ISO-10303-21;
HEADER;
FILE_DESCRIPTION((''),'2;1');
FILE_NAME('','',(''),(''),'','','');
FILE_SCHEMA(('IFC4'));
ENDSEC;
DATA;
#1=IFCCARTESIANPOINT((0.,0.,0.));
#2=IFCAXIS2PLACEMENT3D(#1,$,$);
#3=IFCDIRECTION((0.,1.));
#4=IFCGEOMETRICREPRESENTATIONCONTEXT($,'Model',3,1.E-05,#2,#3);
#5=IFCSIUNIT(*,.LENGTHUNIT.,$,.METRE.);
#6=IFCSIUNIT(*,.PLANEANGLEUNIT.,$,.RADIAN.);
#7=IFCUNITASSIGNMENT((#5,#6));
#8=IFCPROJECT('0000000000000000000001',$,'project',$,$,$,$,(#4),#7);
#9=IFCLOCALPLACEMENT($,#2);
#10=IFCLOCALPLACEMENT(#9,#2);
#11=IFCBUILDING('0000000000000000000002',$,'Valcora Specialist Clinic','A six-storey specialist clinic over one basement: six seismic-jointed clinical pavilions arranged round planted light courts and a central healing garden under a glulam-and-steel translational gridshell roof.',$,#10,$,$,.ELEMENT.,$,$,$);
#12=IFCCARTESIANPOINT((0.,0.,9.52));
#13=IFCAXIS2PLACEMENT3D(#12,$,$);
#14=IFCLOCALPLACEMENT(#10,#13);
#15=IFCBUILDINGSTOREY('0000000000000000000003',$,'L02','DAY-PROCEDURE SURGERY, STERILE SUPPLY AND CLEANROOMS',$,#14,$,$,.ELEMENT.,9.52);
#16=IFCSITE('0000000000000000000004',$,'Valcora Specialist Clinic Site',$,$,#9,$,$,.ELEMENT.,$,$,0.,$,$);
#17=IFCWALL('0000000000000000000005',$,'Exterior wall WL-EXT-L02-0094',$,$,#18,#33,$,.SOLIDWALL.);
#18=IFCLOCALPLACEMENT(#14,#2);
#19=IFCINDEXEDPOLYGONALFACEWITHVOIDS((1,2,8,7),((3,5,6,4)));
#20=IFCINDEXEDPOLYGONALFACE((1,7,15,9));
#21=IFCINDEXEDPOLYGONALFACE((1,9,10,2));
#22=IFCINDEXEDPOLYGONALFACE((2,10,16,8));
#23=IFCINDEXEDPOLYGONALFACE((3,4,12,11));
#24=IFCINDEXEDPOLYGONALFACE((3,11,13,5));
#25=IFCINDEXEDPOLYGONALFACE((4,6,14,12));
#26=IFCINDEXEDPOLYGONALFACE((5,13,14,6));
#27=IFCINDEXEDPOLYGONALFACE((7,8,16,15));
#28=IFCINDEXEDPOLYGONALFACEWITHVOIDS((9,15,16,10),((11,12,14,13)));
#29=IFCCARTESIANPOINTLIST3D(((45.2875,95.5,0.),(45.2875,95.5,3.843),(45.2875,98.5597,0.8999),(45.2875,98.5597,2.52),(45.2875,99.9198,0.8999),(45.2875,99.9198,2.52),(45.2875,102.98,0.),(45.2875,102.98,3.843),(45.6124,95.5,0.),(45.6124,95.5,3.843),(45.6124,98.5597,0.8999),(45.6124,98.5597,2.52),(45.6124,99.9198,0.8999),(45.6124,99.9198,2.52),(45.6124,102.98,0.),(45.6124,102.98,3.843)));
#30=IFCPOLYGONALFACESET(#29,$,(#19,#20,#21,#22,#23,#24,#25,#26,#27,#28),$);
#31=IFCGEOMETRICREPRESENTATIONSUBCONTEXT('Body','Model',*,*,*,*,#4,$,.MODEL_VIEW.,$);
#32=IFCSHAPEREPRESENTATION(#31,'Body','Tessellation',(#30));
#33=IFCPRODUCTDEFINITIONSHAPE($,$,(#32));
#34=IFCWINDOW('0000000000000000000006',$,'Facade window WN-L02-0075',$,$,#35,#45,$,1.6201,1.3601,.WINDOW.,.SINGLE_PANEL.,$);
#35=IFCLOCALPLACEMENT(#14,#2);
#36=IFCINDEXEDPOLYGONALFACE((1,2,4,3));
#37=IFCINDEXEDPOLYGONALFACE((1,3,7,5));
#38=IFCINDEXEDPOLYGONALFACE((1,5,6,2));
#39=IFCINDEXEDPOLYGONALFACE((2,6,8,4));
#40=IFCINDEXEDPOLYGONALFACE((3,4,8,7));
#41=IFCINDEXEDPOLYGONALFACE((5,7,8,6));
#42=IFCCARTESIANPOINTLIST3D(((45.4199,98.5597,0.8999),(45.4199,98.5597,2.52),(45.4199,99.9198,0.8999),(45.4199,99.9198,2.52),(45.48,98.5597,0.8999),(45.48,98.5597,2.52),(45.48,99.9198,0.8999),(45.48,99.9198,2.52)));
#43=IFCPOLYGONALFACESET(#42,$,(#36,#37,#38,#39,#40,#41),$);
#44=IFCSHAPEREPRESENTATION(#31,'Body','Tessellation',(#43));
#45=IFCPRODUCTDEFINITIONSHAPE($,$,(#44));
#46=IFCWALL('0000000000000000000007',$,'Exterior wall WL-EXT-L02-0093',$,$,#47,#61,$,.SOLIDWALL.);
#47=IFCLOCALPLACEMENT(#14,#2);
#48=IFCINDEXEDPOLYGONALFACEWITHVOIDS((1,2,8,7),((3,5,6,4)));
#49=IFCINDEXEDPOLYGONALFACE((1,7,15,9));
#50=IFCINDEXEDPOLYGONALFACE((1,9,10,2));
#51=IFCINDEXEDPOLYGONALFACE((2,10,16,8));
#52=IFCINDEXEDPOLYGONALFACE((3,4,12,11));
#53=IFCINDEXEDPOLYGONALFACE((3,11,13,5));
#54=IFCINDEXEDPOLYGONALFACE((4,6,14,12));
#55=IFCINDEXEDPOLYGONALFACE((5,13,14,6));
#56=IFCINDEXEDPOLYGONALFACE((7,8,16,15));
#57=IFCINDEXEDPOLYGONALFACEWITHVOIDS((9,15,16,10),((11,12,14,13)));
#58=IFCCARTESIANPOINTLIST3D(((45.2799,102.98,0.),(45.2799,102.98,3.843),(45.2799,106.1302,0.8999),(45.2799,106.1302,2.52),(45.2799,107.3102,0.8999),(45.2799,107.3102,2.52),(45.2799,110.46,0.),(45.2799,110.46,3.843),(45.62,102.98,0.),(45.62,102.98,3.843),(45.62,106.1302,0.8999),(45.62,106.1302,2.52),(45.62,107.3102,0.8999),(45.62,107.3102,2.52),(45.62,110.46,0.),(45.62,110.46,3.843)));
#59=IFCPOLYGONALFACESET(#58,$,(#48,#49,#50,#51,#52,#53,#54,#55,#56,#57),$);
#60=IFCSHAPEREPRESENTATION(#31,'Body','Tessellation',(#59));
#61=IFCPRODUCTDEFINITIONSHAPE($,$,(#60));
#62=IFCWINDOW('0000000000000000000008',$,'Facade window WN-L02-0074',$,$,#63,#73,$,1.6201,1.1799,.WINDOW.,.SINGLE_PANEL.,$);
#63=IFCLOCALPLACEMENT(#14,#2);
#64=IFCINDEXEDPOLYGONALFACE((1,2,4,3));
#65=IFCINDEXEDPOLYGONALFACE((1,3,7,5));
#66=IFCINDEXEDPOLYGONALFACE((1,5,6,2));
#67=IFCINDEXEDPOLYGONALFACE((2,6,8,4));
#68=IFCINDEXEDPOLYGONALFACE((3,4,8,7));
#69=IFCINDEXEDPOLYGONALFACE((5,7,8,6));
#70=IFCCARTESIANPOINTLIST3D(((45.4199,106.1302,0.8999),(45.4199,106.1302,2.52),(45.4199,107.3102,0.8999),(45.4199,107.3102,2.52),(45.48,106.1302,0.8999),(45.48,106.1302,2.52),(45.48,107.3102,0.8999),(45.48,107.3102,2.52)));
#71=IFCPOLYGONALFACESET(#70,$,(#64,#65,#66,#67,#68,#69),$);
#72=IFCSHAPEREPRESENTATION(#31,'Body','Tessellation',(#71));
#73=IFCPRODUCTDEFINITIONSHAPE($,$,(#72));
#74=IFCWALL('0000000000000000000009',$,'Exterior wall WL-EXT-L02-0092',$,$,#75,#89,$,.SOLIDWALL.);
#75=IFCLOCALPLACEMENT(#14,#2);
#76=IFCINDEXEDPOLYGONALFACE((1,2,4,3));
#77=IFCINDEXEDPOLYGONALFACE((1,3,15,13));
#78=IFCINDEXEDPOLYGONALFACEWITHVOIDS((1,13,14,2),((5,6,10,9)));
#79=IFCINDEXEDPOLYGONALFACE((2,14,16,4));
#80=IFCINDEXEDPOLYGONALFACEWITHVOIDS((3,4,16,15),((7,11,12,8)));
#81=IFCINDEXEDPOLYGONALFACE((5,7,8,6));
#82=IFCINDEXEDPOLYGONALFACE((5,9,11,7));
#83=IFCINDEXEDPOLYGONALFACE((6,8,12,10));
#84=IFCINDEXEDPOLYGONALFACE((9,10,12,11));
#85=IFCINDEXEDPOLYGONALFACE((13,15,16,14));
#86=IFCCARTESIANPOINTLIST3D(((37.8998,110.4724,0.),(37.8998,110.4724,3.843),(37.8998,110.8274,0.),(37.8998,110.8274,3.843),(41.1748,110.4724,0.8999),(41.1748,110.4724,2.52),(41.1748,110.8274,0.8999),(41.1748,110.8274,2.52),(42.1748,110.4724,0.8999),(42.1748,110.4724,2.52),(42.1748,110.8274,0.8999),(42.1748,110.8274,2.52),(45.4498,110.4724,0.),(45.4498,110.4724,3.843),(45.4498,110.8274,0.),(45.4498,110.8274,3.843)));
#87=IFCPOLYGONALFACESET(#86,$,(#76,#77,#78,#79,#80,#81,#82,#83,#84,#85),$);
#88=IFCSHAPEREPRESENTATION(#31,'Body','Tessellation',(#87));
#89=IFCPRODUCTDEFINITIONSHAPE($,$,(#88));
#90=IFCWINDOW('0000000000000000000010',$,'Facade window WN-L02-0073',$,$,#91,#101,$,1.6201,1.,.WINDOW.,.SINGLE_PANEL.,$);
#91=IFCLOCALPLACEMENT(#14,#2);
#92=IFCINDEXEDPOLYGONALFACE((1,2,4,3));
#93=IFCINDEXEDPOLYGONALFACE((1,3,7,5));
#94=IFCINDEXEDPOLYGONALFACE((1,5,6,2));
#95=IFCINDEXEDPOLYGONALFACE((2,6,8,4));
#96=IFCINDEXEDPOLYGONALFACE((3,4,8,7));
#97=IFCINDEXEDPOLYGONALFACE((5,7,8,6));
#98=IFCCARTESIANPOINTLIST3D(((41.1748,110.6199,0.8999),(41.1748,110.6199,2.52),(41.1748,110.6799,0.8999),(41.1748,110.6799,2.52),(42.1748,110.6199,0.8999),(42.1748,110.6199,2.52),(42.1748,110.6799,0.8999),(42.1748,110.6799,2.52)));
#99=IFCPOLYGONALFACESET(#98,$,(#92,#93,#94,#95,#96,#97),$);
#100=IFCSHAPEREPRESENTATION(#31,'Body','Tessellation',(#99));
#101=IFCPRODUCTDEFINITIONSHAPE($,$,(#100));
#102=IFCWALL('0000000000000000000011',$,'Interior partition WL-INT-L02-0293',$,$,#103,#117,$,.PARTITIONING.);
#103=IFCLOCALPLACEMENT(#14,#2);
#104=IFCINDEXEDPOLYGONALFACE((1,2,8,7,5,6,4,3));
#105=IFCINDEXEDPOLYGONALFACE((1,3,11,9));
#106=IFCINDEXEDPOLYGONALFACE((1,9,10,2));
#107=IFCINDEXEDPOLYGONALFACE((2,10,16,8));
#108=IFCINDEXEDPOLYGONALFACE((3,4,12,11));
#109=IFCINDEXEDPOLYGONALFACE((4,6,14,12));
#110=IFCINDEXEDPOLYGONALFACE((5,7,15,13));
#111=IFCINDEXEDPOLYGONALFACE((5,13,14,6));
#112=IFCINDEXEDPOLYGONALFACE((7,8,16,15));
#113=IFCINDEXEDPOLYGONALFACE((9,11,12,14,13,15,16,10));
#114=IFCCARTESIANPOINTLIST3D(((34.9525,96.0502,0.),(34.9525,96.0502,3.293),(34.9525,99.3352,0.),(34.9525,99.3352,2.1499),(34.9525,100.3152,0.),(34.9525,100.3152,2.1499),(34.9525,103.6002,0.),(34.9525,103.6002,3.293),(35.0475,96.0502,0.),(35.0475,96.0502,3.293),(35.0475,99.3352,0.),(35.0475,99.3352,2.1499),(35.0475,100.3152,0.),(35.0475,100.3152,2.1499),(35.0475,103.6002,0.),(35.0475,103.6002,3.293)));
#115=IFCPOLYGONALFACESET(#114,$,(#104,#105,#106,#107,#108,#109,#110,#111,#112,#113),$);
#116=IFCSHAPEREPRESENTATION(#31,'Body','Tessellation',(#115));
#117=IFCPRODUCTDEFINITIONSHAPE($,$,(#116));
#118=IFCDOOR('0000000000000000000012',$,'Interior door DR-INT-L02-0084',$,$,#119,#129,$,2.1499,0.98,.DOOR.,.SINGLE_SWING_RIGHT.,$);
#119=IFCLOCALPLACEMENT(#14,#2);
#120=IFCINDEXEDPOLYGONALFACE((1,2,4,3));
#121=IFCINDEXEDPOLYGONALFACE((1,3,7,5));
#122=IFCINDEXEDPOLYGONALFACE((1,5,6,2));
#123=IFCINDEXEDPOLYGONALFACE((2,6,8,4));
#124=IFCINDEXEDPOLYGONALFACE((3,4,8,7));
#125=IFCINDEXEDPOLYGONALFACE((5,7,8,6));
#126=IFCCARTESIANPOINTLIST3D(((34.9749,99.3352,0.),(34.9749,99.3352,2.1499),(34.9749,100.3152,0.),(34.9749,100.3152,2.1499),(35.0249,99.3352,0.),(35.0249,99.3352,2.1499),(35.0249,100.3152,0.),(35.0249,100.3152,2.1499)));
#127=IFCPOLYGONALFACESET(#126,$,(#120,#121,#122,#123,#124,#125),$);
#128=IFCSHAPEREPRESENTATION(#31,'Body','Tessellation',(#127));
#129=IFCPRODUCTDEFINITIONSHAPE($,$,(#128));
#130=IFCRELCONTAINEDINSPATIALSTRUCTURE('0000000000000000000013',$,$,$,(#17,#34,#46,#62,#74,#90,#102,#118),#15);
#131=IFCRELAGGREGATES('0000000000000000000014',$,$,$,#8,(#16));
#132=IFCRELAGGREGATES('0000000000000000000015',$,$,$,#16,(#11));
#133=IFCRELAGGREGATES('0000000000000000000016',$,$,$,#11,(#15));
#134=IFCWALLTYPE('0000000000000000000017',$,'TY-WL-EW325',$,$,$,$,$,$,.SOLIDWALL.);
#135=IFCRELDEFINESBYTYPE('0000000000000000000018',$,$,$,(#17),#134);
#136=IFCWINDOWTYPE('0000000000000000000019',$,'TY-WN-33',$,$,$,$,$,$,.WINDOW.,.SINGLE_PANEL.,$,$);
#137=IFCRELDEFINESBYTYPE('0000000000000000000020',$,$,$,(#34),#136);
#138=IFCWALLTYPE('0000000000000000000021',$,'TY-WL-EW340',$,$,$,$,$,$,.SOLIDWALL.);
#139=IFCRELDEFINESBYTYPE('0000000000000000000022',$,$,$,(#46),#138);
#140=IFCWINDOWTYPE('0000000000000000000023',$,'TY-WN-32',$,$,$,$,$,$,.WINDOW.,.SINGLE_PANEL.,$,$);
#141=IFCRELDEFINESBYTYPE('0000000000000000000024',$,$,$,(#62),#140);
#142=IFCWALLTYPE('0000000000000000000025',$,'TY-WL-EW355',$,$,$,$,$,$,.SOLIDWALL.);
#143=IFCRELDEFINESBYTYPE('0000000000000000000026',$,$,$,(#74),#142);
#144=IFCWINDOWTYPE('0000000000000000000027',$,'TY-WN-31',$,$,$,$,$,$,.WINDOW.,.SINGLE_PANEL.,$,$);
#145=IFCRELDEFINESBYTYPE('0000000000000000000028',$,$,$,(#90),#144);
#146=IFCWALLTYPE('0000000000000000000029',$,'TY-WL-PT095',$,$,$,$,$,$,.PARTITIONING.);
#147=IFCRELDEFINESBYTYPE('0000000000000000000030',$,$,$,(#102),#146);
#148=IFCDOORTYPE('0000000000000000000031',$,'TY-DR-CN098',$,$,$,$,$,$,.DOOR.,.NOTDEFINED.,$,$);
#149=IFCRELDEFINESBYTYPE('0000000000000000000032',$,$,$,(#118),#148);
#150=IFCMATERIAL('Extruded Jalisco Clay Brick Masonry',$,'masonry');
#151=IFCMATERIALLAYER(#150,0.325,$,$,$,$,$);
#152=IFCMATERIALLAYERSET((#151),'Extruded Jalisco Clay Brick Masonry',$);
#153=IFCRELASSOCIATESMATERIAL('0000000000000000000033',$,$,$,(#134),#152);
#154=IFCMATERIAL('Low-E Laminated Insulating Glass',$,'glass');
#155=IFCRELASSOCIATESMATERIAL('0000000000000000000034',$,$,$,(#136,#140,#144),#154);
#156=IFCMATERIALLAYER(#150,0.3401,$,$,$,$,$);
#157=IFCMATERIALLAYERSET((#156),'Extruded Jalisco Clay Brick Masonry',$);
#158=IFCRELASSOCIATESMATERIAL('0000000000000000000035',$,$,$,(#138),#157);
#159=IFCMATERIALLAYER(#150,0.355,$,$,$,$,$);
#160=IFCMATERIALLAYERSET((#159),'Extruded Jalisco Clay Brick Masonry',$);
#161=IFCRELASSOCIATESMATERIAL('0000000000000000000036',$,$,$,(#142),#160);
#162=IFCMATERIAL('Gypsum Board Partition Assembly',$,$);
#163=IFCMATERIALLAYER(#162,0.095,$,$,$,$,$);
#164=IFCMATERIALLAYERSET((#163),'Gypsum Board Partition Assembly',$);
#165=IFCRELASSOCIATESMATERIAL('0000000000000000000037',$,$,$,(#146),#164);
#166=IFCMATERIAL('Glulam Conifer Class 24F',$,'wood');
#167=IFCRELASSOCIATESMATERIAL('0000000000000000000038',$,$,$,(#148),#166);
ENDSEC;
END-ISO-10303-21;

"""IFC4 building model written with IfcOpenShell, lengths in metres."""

from ifc_helpers import new_model, si_unit, direction, frame, frame_2d, origin, place, context, subcontext, project, spatial, rectangle, extrude, material, layer, layer_set, type_object, element, fill, save


model = new_model("IFC4")

# Units and contexts
model_context = context("Model", 3, precision=1e-05, world=origin(), true_north=direction((0.0, 1.0)))
body_context = subcontext(model_context, "Body", "Model", "MODEL_VIEW")
ifc_project = project(units=[si_unit("LENGTHUNIT", "METRE"), si_unit("PLANEANGLEUNIT", "RADIAN")], contexts=[model_context])

# Site, building, storey
site_placement = place(None, origin())
site = spatial("IfcSite", under=ifc_project, at=site_placement, Name="Valcora Specialist Clinic Site", CompositionType="ELEMENT", RefElevation=0.0)
building_placement = place(site_placement, origin())
building = spatial("IfcBuilding", under=site, at=building_placement, Name="Valcora Specialist Clinic", Description="A six-storey specialist clinic over one basement: six seismic-jointed clinical pavilions arranged round planted light courts and a central healing garden under a glulam-and-steel translational gridshell roof.", CompositionType="ELEMENT")
storey_placement = place(building_placement, frame((0.0, 0.0, 9.52)))
storey = spatial("IfcBuildingStorey", under=building, at=storey_placement, Name="L02", Description="DAY-PROCEDURE SURGERY, STERILE SUPPLY AND CLEANROOMS", CompositionType="ELEMENT", Elevation=9.52)

# Walls, openings, windows
ifc_material_1 = material(Name="Extruded Jalisco Clay Brick Masonry", Category="masonry")
ifc_layer_1 = layer(ifc_material_1, 0.325)
ifc_layer_set_1 = layer_set([ifc_layer_1], Name="Extruded Jalisco Clay Brick Masonry")
wall_type_1 = type_object("IfcWallType", Name="TY-WL-EW325", PredefinedType="SOLIDWALL", material=ifc_layer_set_1)
wall_1_placement = place(storey_placement, frame((45.45, 102.98, 0.0), z_axis=(0.0, 0.0, 1.0), x_axis=(0.0, -1.0, 0.0)))
wall_1 = element("IfcWall", 1, at=wall_1_placement, inside=storey, type_object=wall_type_1, Name="Exterior wall WL-EXT-L02-0094", PredefinedType="SOLIDWALL", context=body_context, shape_type="SweptSolid", body=[
    extrude(rectangle(XDim=7.48, YDim=0.325, at=frame_2d((3.74, 0.0))), origin(), (0.0, 0.0, 1.0), 3.843),
])
opening_1_placement = place(wall_1_placement, frame((3.0601, 0.0, 0.8999)))
opening_1 = element("IfcOpeningElement", 2, at=opening_1_placement, cuts=wall_1, PredefinedType="OPENING", context=body_context, shape_type="SweptSolid", body=[
    extrude(rectangle(XDim=1.3601, YDim=1.6201, at=frame_2d((0.6802, 0.8101))), frame((0.0, 0.1724, 0.0), z_axis=(0.0, -1.0, 0.0), x_axis=(1.0, 0.0, 0.0)), (0.0, 0.0, 1.0), 0.345),
])
ifc_material_2 = material(Name="Low-E Laminated Insulating Glass", Category="glass")
window_type_1 = type_object("IfcWindowType", Name="TY-WN-33", PartitioningType="SINGLE_PANEL", PredefinedType="WINDOW", material=ifc_material_2)
window_1_placement = place(opening_1_placement, origin())
window_1 = element("IfcWindow", 3, at=window_1_placement, inside=storey, type_object=window_type_1, Name="Facade window WN-L02-0075", OverallHeight=1.6201, OverallWidth=1.3601, PartitioningType="SINGLE_PANEL", PredefinedType="WINDOW", context=body_context, shape_type="SweptSolid", body=[
    extrude(rectangle(XDim=1.3601, YDim=1.6201, at=frame_2d((0.6802, 0.8101))), frame((0.0, 0.03, 0.0), z_axis=(0.0, -1.0, 0.0), x_axis=(1.0, 0.0, 0.0)), (0.0, 0.0, 1.0), 0.0601),
])
fill(opening_1, window_1)
ifc_layer_2 = layer(ifc_material_1, 0.3401)
ifc_layer_set_2 = layer_set([ifc_layer_2], Name="Extruded Jalisco Clay Brick Masonry")
wall_type_2 = type_object("IfcWallType", Name="TY-WL-EW340", PredefinedType="SOLIDWALL", material=ifc_layer_set_2)
wall_2_placement = place(storey_placement, frame((45.45, 110.46, 0.0), z_axis=(0.0, 0.0, 1.0), x_axis=(0.0, -1.0, 0.0)))
wall_2 = element("IfcWall", 4, at=wall_2_placement, inside=storey, type_object=wall_type_2, Name="Exterior wall WL-EXT-L02-0093", PredefinedType="SOLIDWALL", context=body_context, shape_type="SweptSolid", body=[
    extrude(rectangle(XDim=7.48, YDim=0.3401, at=frame_2d((3.74, 0.0))), origin(), (0.0, 0.0, 1.0), 3.843),
])
opening_2_placement = place(wall_2_placement, frame((3.1499, 0.0, 0.8999)))
opening_2 = element("IfcOpeningElement", 5, at=opening_2_placement, cuts=wall_2, PredefinedType="OPENING", context=body_context, shape_type="SweptSolid", body=[
    extrude(rectangle(XDim=1.1799, YDim=1.6201, at=frame_2d((0.5898, 0.8101))), frame((0.0, 0.1799, 0.0), z_axis=(0.0, -1.0, 0.0), x_axis=(1.0, 0.0, 0.0)), (0.0, 0.0, 1.0), 0.3601),
])
window_type_2 = type_object("IfcWindowType", Name="TY-WN-32", PartitioningType="SINGLE_PANEL", PredefinedType="WINDOW", material=ifc_material_2)
window_2_placement = place(opening_2_placement, origin())
window_2 = element("IfcWindow", 6, at=window_2_placement, inside=storey, type_object=window_type_2, Name="Facade window WN-L02-0074", OverallHeight=1.6201, OverallWidth=1.1799, PartitioningType="SINGLE_PANEL", PredefinedType="WINDOW", context=body_context, shape_type="SweptSolid", body=[
    extrude(rectangle(XDim=1.1799, YDim=1.6201, at=frame_2d((0.5898, 0.8101))), frame((0.0, 0.03, 0.0), z_axis=(0.0, -1.0, 0.0), x_axis=(1.0, 0.0, 0.0)), (0.0, 0.0, 1.0), 0.0601),
])
fill(opening_2, window_2)
ifc_layer_3 = layer(ifc_material_1, 0.355)
ifc_layer_set_3 = layer_set([ifc_layer_3], Name="Extruded Jalisco Clay Brick Masonry")
wall_type_3 = type_object("IfcWallType", Name="TY-WL-EW355", PredefinedType="SOLIDWALL", material=ifc_layer_set_3)
wall_3_placement = place(storey_placement, frame((37.8999, 110.6499, 0.0), z_axis=(0.0, 0.0, 1.0), x_axis=(1.0, 0.0, 0.0)))
wall_3 = element("IfcWall", 7, at=wall_3_placement, inside=storey, type_object=wall_type_3, Name="Exterior wall WL-EXT-L02-0092", PredefinedType="SOLIDWALL", context=body_context, shape_type="SweptSolid", body=[
    extrude(rectangle(XDim=7.55, YDim=0.355, at=frame_2d((3.7749, 0.0))), origin(), (0.0, 0.0, 1.0), 3.843),
])
opening_3_placement = place(wall_3_placement, frame((3.2749, 0.0, 0.8999)))
opening_3 = element("IfcOpeningElement", 8, at=opening_3_placement, cuts=wall_3, PredefinedType="OPENING", context=body_context, shape_type="SweptSolid", body=[
    extrude(rectangle(XDim=1.0, YDim=1.6201, at=frame_2d((0.5, 0.8101))), frame((0.0, 0.1875, 0.0), z_axis=(0.0, -1.0, 0.0), x_axis=(1.0, 0.0, 0.0)), (0.0, 0.0, 1.0), 0.375),
])
window_type_3 = type_object("IfcWindowType", Name="TY-WN-31", PartitioningType="SINGLE_PANEL", PredefinedType="WINDOW", material=ifc_material_2)
window_3_placement = place(opening_3_placement, origin())
window_3 = element("IfcWindow", 9, at=window_3_placement, inside=storey, type_object=window_type_3, Name="Facade window WN-L02-0073", OverallHeight=1.6201, OverallWidth=1.0, PartitioningType="SINGLE_PANEL", PredefinedType="WINDOW", context=body_context, shape_type="SweptSolid", body=[
    extrude(rectangle(XDim=1.0, YDim=1.6201, at=frame_2d((0.5, 0.8101))), frame((0.0, 0.03, 0.0), z_axis=(0.0, -1.0, 0.0), x_axis=(1.0, 0.0, 0.0)), (0.0, 0.0, 1.0), 0.0601),
])
fill(opening_3, window_3)

# Wall, opening, door
ifc_material_3 = material(Name="Gypsum Board Partition Assembly")
ifc_layer_4 = layer(ifc_material_3, 0.095)
ifc_layer_set_4 = layer_set([ifc_layer_4], Name="Gypsum Board Partition Assembly")
wall_type_4 = type_object("IfcWallType", Name="TY-WL-PT095", PredefinedType="PARTITIONING", material=ifc_layer_set_4)
wall_4_placement = place(storey_placement, frame((35.0, 103.6001, 0.0), z_axis=(0.0, 0.0, 1.0), x_axis=(0.0, -1.0, 0.0)))
wall_4 = element("IfcWall", 10, at=wall_4_placement, inside=storey, type_object=wall_type_4, Name="Interior partition WL-INT-L02-0293", PredefinedType="PARTITIONING", context=body_context, shape_type="SweptSolid", body=[
    extrude(rectangle(XDim=7.55, YDim=0.095, at=frame_2d((3.7749, 0.0))), origin(), (0.0, 0.0, 1.0), 3.293),
])
opening_4_placement = place(wall_4_placement, frame((3.2849, 0.0, 0.0)))
opening_4 = element("IfcOpeningElement", 11, at=opening_4_placement, cuts=wall_4, PredefinedType="OPENING", context=body_context, shape_type="SweptSolid", body=[
    extrude(rectangle(XDim=0.98, YDim=2.1499, at=frame_2d((0.49, 1.075))), frame((0.0, 0.0574, 0.0), z_axis=(0.0, -1.0, 0.0), x_axis=(1.0, 0.0, 0.0)), (0.0, 0.0, 1.0), 0.115),
])
ifc_material_4 = material(Name="Glulam Conifer Class 24F", Category="wood")
door_type_1 = type_object("IfcDoorType", Name="TY-DR-CN098", OperationType="NOTDEFINED", PredefinedType="DOOR", material=ifc_material_4)
door_1_placement = place(opening_4_placement, origin())
door_1 = element("IfcDoor", 12, at=door_1_placement, inside=storey, type_object=door_type_1, Name="Interior door DR-INT-L02-0084", OperationType="SINGLE_SWING_RIGHT", OverallHeight=2.1499, OverallWidth=0.98, PredefinedType="DOOR", context=body_context, shape_type="SweptSolid", body=[
    extrude(rectangle(XDim=0.98, YDim=2.1499, at=frame_2d((0.49, 1.075))), frame((0.0, 0.0249, 0.0), z_axis=(0.0, -1.0, 0.0), x_axis=(1.0, 0.0, 0.0)), (0.0, 0.0, 1.0), 0.05),
])
fill(opening_4, door_1)

save(model, "model.ifc")
